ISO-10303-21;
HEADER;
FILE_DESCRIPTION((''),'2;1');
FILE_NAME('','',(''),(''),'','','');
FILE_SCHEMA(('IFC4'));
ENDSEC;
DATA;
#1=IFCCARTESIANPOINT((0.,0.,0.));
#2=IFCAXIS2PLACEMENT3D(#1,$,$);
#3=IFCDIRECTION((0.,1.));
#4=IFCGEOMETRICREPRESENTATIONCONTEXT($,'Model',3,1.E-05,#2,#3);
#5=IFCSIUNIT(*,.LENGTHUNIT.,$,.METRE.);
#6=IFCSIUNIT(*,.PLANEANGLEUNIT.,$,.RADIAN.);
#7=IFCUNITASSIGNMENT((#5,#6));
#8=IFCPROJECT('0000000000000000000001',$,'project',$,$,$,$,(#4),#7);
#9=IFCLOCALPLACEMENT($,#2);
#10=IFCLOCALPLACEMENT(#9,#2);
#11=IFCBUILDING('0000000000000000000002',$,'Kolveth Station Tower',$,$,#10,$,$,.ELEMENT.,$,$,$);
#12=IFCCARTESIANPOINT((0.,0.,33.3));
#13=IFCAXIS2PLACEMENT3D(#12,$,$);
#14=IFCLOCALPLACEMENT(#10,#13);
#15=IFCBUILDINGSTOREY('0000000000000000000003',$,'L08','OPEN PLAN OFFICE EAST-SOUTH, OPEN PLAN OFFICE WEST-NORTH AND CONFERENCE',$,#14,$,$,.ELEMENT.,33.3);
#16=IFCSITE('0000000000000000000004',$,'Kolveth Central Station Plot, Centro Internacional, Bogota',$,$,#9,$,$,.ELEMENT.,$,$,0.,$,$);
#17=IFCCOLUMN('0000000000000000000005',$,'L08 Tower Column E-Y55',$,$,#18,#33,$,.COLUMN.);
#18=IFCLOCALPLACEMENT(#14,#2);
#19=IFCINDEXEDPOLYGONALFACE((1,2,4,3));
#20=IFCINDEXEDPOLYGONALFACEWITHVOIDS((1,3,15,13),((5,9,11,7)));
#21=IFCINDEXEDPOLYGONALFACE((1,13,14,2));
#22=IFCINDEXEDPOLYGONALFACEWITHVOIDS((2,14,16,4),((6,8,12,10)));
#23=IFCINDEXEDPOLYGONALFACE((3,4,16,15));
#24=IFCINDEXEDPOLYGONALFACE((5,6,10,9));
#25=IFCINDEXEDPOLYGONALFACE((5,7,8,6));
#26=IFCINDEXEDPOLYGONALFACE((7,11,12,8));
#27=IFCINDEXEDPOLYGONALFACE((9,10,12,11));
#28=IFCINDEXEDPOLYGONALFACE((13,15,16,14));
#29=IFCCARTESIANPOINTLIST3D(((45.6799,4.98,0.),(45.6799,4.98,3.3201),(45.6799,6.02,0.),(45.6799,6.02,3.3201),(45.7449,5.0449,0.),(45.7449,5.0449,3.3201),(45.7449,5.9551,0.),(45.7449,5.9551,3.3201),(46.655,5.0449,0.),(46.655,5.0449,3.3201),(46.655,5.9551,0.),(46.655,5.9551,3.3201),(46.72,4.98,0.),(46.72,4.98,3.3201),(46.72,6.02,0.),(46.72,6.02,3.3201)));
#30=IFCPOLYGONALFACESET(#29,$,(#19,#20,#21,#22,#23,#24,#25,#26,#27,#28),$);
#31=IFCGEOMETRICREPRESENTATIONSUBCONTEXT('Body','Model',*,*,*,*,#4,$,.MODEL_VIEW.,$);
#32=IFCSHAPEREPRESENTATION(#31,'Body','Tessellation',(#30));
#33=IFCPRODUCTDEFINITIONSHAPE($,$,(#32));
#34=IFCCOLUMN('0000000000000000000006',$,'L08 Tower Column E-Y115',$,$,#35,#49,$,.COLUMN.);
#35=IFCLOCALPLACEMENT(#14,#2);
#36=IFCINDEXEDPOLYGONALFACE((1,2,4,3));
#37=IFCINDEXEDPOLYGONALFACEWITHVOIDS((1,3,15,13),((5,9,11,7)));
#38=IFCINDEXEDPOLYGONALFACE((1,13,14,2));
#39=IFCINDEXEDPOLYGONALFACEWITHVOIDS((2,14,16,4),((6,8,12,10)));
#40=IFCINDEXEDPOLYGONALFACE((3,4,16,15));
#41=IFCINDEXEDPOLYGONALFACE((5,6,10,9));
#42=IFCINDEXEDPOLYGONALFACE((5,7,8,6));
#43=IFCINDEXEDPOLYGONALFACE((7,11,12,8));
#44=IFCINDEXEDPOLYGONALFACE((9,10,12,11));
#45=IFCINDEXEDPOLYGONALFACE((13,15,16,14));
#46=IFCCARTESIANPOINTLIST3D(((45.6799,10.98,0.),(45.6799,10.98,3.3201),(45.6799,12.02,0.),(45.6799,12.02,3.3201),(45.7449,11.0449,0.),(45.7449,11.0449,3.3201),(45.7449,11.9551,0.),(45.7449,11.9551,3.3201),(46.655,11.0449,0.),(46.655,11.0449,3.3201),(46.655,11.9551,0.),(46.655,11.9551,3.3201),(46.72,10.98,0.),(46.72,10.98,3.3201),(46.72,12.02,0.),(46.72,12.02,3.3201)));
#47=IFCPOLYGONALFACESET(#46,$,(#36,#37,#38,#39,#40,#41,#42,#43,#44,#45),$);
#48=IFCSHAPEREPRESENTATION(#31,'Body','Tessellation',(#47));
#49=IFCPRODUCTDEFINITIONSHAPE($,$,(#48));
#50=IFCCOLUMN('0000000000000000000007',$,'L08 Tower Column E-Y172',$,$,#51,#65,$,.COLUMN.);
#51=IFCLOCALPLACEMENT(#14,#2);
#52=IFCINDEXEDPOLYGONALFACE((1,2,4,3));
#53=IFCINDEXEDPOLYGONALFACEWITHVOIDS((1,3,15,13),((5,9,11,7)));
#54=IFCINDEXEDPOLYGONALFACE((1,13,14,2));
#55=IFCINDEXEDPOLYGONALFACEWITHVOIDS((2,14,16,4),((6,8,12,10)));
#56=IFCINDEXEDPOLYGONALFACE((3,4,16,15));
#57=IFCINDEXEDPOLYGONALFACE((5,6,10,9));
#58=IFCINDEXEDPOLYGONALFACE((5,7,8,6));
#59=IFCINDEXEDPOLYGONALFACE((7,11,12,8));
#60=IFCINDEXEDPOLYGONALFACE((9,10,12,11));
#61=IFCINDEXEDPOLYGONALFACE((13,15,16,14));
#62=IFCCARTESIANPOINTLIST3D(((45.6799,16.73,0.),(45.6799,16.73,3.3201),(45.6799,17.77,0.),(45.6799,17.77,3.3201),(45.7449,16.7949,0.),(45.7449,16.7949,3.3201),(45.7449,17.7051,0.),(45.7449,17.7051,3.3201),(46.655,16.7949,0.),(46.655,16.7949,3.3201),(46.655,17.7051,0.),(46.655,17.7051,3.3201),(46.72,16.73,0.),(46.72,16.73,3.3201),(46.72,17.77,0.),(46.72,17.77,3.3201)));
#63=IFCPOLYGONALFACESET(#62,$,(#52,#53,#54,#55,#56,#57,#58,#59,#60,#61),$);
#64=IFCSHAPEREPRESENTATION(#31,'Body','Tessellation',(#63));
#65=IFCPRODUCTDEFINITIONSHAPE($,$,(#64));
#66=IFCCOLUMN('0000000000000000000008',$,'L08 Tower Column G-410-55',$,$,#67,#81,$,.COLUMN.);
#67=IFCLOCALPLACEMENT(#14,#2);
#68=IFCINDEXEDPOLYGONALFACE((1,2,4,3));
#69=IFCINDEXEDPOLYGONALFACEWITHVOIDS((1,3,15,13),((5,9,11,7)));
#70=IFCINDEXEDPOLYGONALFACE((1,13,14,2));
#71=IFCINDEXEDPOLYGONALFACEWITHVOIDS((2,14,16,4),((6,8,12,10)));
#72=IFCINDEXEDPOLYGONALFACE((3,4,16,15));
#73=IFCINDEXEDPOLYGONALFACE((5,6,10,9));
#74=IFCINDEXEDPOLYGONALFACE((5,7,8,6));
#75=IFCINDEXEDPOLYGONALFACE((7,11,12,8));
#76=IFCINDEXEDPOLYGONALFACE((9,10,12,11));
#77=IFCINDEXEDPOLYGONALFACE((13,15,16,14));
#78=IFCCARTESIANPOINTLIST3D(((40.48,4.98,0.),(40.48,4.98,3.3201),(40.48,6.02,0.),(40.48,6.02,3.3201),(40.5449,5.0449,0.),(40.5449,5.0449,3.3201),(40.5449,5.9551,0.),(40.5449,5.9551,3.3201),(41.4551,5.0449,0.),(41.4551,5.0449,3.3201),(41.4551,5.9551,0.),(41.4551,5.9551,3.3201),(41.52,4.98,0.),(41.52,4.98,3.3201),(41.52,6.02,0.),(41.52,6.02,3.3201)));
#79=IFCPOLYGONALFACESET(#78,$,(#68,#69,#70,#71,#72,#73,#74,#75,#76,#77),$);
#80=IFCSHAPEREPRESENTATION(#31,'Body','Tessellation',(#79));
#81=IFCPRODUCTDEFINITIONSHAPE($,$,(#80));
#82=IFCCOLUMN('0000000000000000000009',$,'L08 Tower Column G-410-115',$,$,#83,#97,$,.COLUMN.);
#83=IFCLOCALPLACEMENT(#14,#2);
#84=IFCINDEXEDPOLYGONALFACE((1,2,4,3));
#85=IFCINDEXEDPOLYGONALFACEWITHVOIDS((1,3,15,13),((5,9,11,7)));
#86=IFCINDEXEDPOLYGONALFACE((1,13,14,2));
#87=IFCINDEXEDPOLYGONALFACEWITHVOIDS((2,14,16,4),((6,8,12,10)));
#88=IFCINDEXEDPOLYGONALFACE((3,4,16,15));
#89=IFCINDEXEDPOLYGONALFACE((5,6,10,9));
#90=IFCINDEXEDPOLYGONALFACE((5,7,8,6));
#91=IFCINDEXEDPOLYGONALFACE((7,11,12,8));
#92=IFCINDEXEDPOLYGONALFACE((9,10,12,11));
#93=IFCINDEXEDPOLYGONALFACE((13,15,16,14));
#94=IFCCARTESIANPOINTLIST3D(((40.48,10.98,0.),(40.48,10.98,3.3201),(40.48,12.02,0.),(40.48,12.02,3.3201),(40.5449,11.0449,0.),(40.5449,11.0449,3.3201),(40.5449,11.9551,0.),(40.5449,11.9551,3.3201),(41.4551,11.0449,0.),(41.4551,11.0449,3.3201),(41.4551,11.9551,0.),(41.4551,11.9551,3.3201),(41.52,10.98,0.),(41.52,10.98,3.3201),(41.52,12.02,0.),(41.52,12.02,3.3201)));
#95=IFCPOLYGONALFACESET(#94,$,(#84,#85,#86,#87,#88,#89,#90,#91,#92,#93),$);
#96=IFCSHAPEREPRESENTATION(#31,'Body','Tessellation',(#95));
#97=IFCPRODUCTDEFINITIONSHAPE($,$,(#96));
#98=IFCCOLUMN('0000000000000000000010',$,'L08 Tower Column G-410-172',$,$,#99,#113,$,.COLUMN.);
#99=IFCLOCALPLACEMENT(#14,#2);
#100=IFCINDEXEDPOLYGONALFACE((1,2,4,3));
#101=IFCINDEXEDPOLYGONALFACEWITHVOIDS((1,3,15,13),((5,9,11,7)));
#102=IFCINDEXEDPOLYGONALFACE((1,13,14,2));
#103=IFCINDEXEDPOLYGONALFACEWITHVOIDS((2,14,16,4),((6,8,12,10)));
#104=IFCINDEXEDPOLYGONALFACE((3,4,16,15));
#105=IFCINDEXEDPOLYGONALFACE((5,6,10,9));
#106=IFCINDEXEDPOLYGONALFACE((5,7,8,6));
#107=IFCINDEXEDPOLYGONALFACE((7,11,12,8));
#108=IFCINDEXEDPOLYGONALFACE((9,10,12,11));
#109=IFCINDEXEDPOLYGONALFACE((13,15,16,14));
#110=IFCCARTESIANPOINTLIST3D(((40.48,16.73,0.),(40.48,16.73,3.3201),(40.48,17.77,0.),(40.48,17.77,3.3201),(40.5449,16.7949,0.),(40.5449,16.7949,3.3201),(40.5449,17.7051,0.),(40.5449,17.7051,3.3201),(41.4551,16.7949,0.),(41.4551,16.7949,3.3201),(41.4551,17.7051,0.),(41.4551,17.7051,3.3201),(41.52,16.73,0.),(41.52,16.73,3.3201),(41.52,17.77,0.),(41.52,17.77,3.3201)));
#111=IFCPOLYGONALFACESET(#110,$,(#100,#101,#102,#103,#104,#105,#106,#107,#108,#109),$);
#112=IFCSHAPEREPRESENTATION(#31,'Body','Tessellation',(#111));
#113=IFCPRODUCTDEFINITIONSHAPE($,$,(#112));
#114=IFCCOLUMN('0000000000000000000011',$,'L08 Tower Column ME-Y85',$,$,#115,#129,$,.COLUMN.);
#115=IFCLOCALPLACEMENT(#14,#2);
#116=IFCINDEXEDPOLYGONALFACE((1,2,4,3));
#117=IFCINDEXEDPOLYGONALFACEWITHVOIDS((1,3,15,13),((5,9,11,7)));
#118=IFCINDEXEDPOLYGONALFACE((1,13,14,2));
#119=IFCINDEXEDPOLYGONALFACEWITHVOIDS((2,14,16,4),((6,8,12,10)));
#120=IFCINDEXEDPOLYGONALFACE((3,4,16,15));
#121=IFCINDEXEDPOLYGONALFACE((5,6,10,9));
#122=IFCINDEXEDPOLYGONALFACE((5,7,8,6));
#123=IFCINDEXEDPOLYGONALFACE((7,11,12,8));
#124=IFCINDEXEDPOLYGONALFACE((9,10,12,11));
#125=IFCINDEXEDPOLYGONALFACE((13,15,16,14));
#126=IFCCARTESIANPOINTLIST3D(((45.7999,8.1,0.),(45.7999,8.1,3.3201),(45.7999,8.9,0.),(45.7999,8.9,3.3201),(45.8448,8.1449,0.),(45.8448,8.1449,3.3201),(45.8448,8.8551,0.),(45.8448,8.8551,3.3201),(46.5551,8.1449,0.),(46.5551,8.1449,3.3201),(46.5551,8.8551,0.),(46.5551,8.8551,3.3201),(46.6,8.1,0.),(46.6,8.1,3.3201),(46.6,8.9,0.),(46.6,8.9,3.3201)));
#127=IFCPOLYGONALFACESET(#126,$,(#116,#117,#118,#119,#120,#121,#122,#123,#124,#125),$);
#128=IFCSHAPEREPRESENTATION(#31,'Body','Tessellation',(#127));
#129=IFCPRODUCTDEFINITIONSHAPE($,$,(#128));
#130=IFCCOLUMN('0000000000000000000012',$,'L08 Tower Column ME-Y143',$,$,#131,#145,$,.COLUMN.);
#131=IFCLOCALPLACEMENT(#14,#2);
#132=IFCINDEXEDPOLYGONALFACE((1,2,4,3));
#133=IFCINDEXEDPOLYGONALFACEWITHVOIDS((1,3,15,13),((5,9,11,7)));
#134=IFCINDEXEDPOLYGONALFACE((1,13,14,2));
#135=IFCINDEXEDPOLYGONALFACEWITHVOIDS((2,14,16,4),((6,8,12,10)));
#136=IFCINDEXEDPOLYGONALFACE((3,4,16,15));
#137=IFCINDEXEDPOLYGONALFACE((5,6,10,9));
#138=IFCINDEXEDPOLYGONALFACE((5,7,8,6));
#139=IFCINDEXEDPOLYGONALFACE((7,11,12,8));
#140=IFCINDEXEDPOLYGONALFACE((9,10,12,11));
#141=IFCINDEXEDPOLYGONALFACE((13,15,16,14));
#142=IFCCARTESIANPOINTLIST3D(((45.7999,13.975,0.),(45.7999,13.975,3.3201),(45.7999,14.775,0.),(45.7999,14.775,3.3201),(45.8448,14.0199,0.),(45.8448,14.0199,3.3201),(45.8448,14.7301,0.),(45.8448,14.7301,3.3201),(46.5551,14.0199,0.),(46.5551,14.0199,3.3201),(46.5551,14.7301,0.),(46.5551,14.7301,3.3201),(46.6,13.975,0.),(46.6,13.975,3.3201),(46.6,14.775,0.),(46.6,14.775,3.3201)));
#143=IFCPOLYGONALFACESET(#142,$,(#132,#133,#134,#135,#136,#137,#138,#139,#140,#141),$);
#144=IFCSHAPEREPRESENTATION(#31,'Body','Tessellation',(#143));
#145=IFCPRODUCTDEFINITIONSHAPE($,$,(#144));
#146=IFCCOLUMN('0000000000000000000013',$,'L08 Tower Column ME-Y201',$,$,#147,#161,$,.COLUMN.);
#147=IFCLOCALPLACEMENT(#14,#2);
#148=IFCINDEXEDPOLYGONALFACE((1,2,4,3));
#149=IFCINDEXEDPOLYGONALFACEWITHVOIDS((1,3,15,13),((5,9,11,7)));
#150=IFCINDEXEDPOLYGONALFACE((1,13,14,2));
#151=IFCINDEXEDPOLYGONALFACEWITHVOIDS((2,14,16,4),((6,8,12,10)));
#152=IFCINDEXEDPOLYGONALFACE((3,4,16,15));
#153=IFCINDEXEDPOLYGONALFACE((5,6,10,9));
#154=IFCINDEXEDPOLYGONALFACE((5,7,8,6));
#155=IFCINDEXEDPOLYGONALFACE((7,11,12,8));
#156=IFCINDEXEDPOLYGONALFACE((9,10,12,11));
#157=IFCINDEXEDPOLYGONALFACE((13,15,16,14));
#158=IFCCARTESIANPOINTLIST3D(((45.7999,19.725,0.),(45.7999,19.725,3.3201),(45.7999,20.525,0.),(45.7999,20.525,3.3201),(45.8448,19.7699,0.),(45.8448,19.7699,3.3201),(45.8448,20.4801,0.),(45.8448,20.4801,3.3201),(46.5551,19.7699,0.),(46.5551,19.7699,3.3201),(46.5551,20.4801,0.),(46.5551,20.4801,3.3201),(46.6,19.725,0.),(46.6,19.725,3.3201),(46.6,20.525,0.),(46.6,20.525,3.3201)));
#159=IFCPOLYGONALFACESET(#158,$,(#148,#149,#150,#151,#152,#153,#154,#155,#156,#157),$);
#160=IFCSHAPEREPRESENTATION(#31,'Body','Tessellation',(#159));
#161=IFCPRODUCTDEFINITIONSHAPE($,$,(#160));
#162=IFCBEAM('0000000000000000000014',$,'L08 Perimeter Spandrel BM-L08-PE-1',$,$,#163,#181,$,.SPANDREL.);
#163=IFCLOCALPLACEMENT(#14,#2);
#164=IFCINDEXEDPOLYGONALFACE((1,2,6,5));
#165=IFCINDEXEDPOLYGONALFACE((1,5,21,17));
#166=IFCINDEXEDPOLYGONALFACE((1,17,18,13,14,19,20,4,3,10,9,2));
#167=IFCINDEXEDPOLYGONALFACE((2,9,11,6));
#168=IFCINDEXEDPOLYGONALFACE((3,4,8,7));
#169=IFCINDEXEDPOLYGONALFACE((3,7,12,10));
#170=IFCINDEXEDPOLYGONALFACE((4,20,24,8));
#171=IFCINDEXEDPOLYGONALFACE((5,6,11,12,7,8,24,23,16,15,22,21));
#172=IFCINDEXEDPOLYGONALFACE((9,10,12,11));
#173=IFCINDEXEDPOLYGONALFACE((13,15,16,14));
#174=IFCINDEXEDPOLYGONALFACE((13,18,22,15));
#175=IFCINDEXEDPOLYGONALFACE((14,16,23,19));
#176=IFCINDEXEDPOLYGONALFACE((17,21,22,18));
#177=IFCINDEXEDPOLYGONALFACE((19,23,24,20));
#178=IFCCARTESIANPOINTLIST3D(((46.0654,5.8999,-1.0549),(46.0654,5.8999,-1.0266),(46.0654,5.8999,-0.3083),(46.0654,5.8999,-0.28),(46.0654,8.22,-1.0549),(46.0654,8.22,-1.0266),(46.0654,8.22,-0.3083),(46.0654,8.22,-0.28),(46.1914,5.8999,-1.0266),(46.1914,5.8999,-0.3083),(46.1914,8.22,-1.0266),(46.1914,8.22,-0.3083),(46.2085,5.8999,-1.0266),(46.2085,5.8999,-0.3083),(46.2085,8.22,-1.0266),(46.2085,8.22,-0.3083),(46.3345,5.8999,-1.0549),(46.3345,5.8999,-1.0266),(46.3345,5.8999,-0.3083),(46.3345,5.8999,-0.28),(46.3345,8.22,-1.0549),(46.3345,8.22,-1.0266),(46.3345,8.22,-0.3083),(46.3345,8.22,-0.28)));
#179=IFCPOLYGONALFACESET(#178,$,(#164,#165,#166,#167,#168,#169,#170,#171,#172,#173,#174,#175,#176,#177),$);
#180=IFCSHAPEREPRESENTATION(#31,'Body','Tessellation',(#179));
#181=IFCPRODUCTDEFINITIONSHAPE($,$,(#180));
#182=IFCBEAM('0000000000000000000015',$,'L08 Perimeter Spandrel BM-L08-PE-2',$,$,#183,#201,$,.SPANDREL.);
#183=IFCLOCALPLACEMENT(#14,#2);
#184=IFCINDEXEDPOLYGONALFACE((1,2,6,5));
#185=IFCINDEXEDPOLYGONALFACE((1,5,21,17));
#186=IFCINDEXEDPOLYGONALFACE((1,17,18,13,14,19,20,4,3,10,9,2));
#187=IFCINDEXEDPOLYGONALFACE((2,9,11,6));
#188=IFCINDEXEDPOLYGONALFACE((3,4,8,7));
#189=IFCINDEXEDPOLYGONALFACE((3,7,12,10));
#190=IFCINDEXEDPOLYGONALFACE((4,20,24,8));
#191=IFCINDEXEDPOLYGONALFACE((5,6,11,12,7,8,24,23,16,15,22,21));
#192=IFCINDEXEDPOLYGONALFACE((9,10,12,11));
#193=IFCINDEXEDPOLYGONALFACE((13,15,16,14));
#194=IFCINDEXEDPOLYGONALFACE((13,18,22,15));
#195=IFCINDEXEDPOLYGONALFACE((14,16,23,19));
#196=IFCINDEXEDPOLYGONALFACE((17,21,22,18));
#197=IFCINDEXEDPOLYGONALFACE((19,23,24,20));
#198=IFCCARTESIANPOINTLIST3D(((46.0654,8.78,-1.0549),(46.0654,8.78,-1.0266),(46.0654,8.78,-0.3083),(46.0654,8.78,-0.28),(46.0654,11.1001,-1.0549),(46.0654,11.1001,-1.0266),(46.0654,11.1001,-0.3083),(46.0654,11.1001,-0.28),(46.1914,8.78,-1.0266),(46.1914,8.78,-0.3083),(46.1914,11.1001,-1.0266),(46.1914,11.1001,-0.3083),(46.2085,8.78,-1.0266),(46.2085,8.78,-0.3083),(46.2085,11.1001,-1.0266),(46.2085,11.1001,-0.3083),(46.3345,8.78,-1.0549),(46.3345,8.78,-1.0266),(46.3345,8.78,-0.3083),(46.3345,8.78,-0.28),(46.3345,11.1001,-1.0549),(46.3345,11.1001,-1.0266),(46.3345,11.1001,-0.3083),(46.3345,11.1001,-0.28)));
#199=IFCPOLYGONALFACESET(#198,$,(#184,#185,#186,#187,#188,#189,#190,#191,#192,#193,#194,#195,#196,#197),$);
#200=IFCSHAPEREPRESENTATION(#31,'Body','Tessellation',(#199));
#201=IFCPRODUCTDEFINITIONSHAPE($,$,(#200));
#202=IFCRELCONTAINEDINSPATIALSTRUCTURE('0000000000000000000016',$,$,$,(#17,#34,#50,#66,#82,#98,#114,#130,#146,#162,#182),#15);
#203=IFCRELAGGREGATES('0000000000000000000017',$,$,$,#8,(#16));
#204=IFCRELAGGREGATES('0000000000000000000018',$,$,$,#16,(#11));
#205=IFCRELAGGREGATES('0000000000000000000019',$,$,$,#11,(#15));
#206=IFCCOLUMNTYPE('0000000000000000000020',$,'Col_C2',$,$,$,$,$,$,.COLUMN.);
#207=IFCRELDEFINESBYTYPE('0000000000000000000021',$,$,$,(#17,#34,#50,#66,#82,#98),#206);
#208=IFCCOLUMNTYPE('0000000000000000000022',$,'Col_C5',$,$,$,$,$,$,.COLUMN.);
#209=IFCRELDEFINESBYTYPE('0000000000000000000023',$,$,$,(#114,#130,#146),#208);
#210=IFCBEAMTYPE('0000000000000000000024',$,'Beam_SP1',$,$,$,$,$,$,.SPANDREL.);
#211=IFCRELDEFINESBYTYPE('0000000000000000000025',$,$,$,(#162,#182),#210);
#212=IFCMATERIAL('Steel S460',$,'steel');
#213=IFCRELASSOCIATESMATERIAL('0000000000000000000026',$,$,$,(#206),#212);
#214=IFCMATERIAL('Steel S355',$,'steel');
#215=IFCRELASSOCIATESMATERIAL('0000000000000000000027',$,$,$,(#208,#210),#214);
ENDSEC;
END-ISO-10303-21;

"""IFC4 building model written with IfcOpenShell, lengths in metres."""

from ifc_helpers import new_model, si_unit, direction, frame, origin, origin_2d, place, context, subcontext, project, spatial, hollow_rectangle, i_section, extrude, source, transform, mapped, material, material_profile, profile_set, type_object, element, save


model = new_model("IFC4")

# Units and contexts
model_context = context("Model", 3, precision=1e-05, world=origin(), true_north=direction((0.0, 1.0)))
body_context = subcontext(model_context, "Body", "Model", "MODEL_VIEW")
ifc_project = project(units=[si_unit("LENGTHUNIT", "METRE"), si_unit("PLANEANGLEUNIT", "RADIAN")], contexts=[model_context])

# Site, building, storey
site_placement = place(None, origin())
site = spatial("IfcSite", under=ifc_project, at=site_placement, Name="Kolveth Central Station Plot, Centro Internacional, Bogota", CompositionType="ELEMENT", RefElevation=0.0)
building_placement = place(site_placement, origin())
building = spatial("IfcBuilding", under=site, at=building_placement, Name="Kolveth Station Tower", CompositionType="ELEMENT")
storey_placement = place(building_placement, frame((0.0, 0.0, 33.3)))
storey = spatial("IfcBuildingStorey", under=building, at=storey_placement, Name="L08", Description="OPEN PLAN OFFICE EAST-SOUTH, OPEN PLAN OFFICE WEST-NORTH AND CONFERENCE", CompositionType="ELEMENT", Elevation=33.3)

# Columns
ifc_material_1 = material(Name="Steel S460", Category="steel")
ifc_material_profile_1 = material_profile(ifc_material_1, hollow_rectangle(XDim=1.04, YDim=1.04, WallThickness=0.0649, at=origin_2d()), Name="BOX1040x1040x65")
ifc_profile_set_1 = profile_set([ifc_material_profile_1], Name="Steel S460")
column_type_1 = type_object("IfcColumnType", Name="Col_C2", PredefinedType="COLUMN", material=ifc_profile_set_1)
shared_shape_1 = source(origin(), body_context, "Body", "SweptSolid", [
    extrude(hollow_rectangle(XDim=1.04, YDim=1.04, WallThickness=0.0649, at=origin_2d()), origin(), (0.0, 0.0, 1.0), 3.3201),
])
for number, where, z_axis, x_axis, name in (
    (1, (46.2, 5.5, 0.0), (0.0, 0.0, 1.0), (1.0, 0.0, 0.0), "L08 Tower Column E-Y55"),
    (2, (46.2, 11.5, 0.0), (0.0, 0.0, 1.0), (1.0, 0.0, 0.0), "L08 Tower Column E-Y115"),
    (3, (46.2, 17.25, 0.0), (0.0, 0.0, 1.0), (1.0, 0.0, 0.0), "L08 Tower Column E-Y172"),
    (4, (41.0, 5.5, 0.0), (0.0, 0.0, 1.0), (1.0, 0.0, 0.0), "L08 Tower Column G-410-55"),
    (5, (41.0, 11.5, 0.0), (0.0, 0.0, 1.0), (1.0, 0.0, 0.0), "L08 Tower Column G-410-115"),
    (6, (41.0, 17.25, 0.0), (0.0, 0.0, 1.0), (1.0, 0.0, 0.0), "L08 Tower Column G-410-172"),
):
    element("IfcColumn", number, at=place(storey_placement, frame(where, z_axis=z_axis, x_axis=x_axis)), inside=storey, type_object=column_type_1, Name=name, PredefinedType="COLUMN", context=body_context, shape_type="MappedRepresentation", body=[
        mapped(shared_shape_1, transform((0.0, 0.0, 0.0), x_axis=(1.0, 0.0, 0.0), y_axis=(0.0, 1.0, 0.0), z_axis=(0.0, 0.0, 1.0), scale=1.0)),
    ])
ifc_material_2 = material(Name="Steel S355", Category="steel")
ifc_material_profile_2 = material_profile(ifc_material_2, hollow_rectangle(XDim=0.8, YDim=0.8, WallThickness=0.0449, at=origin_2d()), Name="BOX800x800x45")
ifc_profile_set_2 = profile_set([ifc_material_profile_2], Name="Steel S355")
column_type_2 = type_object("IfcColumnType", Name="Col_C5", PredefinedType="COLUMN", material=ifc_profile_set_2)
shared_shape_2 = source(origin(), body_context, "Body", "SweptSolid", [
    extrude(hollow_rectangle(XDim=0.8, YDim=0.8, WallThickness=0.0449, at=origin_2d()), origin(), (0.0, 0.0, 1.0), 3.3201),
])
for number, where, z_axis, x_axis, name in (
    (7, (46.2, 8.5, 0.0), (0.0, 0.0, 1.0), (1.0, 0.0, 0.0), "L08 Tower Column ME-Y85"),
    (8, (46.2, 14.375, 0.0), (0.0, 0.0, 1.0), (1.0, 0.0, 0.0), "L08 Tower Column ME-Y143"),
    (9, (46.2, 20.125, 0.0), (0.0, 0.0, 1.0), (1.0, 0.0, 0.0), "L08 Tower Column ME-Y201"),
):
    element("IfcColumn", number, at=place(storey_placement, frame(where, z_axis=z_axis, x_axis=x_axis)), inside=storey, type_object=column_type_2, Name=name, PredefinedType="COLUMN", context=body_context, shape_type="MappedRepresentation", body=[
        mapped(shared_shape_2, transform((0.0, 0.0, 0.0), x_axis=(1.0, 0.0, 0.0), y_axis=(0.0, 1.0, 0.0), z_axis=(0.0, 0.0, 1.0), scale=1.0)),
    ])

# Beams
ifc_material_profile_3 = material_profile(ifc_material_2, i_section(OverallWidth=0.269, OverallDepth=0.7749, WebThickness=0.0171, FlangeThickness=0.0283, at=origin_2d()), Name="W760x220")
ifc_profile_set_3 = profile_set([ifc_material_profile_3], Name="Steel S355")
beam_type_1 = type_object("IfcBeamType", Name="Beam_SP1", PredefinedType="SPANDREL", material=ifc_profile_set_3)
shared_shape_3 = source(origin(), body_context, "Body", "SweptSolid", [
    extrude(i_section(OverallWidth=0.269, OverallDepth=0.7749, WebThickness=0.0171, FlangeThickness=0.0283, at=origin_2d()), origin(), (0.0, 0.0, 1.0), 2.3201),
])
for number, where, z_axis, x_axis, name in (
    (10, (46.2, 5.8999, -0.6675), (0.0, 1.0, 0.0), (-1.0, 0.0, 0.0), "L08 Perimeter Spandrel BM-L08-PE-1"),
    (11, (46.2, 8.78, -0.6675), (0.0, 1.0, 0.0), (-1.0, 0.0, 0.0), "L08 Perimeter Spandrel BM-L08-PE-2"),
):
    element("IfcBeam", number, at=place(storey_placement, frame(where, z_axis=z_axis, x_axis=x_axis)), inside=storey, type_object=beam_type_1, Name=name, PredefinedType="SPANDREL", context=body_context, shape_type="MappedRepresentation", body=[
        mapped(shared_shape_3, transform((0.0, 0.0, 0.0), x_axis=(1.0, 0.0, 0.0), y_axis=(0.0, 1.0, 0.0), z_axis=(0.0, 0.0, 1.0), scale=1.0)),
    ])

save(model, "model.ifc")
